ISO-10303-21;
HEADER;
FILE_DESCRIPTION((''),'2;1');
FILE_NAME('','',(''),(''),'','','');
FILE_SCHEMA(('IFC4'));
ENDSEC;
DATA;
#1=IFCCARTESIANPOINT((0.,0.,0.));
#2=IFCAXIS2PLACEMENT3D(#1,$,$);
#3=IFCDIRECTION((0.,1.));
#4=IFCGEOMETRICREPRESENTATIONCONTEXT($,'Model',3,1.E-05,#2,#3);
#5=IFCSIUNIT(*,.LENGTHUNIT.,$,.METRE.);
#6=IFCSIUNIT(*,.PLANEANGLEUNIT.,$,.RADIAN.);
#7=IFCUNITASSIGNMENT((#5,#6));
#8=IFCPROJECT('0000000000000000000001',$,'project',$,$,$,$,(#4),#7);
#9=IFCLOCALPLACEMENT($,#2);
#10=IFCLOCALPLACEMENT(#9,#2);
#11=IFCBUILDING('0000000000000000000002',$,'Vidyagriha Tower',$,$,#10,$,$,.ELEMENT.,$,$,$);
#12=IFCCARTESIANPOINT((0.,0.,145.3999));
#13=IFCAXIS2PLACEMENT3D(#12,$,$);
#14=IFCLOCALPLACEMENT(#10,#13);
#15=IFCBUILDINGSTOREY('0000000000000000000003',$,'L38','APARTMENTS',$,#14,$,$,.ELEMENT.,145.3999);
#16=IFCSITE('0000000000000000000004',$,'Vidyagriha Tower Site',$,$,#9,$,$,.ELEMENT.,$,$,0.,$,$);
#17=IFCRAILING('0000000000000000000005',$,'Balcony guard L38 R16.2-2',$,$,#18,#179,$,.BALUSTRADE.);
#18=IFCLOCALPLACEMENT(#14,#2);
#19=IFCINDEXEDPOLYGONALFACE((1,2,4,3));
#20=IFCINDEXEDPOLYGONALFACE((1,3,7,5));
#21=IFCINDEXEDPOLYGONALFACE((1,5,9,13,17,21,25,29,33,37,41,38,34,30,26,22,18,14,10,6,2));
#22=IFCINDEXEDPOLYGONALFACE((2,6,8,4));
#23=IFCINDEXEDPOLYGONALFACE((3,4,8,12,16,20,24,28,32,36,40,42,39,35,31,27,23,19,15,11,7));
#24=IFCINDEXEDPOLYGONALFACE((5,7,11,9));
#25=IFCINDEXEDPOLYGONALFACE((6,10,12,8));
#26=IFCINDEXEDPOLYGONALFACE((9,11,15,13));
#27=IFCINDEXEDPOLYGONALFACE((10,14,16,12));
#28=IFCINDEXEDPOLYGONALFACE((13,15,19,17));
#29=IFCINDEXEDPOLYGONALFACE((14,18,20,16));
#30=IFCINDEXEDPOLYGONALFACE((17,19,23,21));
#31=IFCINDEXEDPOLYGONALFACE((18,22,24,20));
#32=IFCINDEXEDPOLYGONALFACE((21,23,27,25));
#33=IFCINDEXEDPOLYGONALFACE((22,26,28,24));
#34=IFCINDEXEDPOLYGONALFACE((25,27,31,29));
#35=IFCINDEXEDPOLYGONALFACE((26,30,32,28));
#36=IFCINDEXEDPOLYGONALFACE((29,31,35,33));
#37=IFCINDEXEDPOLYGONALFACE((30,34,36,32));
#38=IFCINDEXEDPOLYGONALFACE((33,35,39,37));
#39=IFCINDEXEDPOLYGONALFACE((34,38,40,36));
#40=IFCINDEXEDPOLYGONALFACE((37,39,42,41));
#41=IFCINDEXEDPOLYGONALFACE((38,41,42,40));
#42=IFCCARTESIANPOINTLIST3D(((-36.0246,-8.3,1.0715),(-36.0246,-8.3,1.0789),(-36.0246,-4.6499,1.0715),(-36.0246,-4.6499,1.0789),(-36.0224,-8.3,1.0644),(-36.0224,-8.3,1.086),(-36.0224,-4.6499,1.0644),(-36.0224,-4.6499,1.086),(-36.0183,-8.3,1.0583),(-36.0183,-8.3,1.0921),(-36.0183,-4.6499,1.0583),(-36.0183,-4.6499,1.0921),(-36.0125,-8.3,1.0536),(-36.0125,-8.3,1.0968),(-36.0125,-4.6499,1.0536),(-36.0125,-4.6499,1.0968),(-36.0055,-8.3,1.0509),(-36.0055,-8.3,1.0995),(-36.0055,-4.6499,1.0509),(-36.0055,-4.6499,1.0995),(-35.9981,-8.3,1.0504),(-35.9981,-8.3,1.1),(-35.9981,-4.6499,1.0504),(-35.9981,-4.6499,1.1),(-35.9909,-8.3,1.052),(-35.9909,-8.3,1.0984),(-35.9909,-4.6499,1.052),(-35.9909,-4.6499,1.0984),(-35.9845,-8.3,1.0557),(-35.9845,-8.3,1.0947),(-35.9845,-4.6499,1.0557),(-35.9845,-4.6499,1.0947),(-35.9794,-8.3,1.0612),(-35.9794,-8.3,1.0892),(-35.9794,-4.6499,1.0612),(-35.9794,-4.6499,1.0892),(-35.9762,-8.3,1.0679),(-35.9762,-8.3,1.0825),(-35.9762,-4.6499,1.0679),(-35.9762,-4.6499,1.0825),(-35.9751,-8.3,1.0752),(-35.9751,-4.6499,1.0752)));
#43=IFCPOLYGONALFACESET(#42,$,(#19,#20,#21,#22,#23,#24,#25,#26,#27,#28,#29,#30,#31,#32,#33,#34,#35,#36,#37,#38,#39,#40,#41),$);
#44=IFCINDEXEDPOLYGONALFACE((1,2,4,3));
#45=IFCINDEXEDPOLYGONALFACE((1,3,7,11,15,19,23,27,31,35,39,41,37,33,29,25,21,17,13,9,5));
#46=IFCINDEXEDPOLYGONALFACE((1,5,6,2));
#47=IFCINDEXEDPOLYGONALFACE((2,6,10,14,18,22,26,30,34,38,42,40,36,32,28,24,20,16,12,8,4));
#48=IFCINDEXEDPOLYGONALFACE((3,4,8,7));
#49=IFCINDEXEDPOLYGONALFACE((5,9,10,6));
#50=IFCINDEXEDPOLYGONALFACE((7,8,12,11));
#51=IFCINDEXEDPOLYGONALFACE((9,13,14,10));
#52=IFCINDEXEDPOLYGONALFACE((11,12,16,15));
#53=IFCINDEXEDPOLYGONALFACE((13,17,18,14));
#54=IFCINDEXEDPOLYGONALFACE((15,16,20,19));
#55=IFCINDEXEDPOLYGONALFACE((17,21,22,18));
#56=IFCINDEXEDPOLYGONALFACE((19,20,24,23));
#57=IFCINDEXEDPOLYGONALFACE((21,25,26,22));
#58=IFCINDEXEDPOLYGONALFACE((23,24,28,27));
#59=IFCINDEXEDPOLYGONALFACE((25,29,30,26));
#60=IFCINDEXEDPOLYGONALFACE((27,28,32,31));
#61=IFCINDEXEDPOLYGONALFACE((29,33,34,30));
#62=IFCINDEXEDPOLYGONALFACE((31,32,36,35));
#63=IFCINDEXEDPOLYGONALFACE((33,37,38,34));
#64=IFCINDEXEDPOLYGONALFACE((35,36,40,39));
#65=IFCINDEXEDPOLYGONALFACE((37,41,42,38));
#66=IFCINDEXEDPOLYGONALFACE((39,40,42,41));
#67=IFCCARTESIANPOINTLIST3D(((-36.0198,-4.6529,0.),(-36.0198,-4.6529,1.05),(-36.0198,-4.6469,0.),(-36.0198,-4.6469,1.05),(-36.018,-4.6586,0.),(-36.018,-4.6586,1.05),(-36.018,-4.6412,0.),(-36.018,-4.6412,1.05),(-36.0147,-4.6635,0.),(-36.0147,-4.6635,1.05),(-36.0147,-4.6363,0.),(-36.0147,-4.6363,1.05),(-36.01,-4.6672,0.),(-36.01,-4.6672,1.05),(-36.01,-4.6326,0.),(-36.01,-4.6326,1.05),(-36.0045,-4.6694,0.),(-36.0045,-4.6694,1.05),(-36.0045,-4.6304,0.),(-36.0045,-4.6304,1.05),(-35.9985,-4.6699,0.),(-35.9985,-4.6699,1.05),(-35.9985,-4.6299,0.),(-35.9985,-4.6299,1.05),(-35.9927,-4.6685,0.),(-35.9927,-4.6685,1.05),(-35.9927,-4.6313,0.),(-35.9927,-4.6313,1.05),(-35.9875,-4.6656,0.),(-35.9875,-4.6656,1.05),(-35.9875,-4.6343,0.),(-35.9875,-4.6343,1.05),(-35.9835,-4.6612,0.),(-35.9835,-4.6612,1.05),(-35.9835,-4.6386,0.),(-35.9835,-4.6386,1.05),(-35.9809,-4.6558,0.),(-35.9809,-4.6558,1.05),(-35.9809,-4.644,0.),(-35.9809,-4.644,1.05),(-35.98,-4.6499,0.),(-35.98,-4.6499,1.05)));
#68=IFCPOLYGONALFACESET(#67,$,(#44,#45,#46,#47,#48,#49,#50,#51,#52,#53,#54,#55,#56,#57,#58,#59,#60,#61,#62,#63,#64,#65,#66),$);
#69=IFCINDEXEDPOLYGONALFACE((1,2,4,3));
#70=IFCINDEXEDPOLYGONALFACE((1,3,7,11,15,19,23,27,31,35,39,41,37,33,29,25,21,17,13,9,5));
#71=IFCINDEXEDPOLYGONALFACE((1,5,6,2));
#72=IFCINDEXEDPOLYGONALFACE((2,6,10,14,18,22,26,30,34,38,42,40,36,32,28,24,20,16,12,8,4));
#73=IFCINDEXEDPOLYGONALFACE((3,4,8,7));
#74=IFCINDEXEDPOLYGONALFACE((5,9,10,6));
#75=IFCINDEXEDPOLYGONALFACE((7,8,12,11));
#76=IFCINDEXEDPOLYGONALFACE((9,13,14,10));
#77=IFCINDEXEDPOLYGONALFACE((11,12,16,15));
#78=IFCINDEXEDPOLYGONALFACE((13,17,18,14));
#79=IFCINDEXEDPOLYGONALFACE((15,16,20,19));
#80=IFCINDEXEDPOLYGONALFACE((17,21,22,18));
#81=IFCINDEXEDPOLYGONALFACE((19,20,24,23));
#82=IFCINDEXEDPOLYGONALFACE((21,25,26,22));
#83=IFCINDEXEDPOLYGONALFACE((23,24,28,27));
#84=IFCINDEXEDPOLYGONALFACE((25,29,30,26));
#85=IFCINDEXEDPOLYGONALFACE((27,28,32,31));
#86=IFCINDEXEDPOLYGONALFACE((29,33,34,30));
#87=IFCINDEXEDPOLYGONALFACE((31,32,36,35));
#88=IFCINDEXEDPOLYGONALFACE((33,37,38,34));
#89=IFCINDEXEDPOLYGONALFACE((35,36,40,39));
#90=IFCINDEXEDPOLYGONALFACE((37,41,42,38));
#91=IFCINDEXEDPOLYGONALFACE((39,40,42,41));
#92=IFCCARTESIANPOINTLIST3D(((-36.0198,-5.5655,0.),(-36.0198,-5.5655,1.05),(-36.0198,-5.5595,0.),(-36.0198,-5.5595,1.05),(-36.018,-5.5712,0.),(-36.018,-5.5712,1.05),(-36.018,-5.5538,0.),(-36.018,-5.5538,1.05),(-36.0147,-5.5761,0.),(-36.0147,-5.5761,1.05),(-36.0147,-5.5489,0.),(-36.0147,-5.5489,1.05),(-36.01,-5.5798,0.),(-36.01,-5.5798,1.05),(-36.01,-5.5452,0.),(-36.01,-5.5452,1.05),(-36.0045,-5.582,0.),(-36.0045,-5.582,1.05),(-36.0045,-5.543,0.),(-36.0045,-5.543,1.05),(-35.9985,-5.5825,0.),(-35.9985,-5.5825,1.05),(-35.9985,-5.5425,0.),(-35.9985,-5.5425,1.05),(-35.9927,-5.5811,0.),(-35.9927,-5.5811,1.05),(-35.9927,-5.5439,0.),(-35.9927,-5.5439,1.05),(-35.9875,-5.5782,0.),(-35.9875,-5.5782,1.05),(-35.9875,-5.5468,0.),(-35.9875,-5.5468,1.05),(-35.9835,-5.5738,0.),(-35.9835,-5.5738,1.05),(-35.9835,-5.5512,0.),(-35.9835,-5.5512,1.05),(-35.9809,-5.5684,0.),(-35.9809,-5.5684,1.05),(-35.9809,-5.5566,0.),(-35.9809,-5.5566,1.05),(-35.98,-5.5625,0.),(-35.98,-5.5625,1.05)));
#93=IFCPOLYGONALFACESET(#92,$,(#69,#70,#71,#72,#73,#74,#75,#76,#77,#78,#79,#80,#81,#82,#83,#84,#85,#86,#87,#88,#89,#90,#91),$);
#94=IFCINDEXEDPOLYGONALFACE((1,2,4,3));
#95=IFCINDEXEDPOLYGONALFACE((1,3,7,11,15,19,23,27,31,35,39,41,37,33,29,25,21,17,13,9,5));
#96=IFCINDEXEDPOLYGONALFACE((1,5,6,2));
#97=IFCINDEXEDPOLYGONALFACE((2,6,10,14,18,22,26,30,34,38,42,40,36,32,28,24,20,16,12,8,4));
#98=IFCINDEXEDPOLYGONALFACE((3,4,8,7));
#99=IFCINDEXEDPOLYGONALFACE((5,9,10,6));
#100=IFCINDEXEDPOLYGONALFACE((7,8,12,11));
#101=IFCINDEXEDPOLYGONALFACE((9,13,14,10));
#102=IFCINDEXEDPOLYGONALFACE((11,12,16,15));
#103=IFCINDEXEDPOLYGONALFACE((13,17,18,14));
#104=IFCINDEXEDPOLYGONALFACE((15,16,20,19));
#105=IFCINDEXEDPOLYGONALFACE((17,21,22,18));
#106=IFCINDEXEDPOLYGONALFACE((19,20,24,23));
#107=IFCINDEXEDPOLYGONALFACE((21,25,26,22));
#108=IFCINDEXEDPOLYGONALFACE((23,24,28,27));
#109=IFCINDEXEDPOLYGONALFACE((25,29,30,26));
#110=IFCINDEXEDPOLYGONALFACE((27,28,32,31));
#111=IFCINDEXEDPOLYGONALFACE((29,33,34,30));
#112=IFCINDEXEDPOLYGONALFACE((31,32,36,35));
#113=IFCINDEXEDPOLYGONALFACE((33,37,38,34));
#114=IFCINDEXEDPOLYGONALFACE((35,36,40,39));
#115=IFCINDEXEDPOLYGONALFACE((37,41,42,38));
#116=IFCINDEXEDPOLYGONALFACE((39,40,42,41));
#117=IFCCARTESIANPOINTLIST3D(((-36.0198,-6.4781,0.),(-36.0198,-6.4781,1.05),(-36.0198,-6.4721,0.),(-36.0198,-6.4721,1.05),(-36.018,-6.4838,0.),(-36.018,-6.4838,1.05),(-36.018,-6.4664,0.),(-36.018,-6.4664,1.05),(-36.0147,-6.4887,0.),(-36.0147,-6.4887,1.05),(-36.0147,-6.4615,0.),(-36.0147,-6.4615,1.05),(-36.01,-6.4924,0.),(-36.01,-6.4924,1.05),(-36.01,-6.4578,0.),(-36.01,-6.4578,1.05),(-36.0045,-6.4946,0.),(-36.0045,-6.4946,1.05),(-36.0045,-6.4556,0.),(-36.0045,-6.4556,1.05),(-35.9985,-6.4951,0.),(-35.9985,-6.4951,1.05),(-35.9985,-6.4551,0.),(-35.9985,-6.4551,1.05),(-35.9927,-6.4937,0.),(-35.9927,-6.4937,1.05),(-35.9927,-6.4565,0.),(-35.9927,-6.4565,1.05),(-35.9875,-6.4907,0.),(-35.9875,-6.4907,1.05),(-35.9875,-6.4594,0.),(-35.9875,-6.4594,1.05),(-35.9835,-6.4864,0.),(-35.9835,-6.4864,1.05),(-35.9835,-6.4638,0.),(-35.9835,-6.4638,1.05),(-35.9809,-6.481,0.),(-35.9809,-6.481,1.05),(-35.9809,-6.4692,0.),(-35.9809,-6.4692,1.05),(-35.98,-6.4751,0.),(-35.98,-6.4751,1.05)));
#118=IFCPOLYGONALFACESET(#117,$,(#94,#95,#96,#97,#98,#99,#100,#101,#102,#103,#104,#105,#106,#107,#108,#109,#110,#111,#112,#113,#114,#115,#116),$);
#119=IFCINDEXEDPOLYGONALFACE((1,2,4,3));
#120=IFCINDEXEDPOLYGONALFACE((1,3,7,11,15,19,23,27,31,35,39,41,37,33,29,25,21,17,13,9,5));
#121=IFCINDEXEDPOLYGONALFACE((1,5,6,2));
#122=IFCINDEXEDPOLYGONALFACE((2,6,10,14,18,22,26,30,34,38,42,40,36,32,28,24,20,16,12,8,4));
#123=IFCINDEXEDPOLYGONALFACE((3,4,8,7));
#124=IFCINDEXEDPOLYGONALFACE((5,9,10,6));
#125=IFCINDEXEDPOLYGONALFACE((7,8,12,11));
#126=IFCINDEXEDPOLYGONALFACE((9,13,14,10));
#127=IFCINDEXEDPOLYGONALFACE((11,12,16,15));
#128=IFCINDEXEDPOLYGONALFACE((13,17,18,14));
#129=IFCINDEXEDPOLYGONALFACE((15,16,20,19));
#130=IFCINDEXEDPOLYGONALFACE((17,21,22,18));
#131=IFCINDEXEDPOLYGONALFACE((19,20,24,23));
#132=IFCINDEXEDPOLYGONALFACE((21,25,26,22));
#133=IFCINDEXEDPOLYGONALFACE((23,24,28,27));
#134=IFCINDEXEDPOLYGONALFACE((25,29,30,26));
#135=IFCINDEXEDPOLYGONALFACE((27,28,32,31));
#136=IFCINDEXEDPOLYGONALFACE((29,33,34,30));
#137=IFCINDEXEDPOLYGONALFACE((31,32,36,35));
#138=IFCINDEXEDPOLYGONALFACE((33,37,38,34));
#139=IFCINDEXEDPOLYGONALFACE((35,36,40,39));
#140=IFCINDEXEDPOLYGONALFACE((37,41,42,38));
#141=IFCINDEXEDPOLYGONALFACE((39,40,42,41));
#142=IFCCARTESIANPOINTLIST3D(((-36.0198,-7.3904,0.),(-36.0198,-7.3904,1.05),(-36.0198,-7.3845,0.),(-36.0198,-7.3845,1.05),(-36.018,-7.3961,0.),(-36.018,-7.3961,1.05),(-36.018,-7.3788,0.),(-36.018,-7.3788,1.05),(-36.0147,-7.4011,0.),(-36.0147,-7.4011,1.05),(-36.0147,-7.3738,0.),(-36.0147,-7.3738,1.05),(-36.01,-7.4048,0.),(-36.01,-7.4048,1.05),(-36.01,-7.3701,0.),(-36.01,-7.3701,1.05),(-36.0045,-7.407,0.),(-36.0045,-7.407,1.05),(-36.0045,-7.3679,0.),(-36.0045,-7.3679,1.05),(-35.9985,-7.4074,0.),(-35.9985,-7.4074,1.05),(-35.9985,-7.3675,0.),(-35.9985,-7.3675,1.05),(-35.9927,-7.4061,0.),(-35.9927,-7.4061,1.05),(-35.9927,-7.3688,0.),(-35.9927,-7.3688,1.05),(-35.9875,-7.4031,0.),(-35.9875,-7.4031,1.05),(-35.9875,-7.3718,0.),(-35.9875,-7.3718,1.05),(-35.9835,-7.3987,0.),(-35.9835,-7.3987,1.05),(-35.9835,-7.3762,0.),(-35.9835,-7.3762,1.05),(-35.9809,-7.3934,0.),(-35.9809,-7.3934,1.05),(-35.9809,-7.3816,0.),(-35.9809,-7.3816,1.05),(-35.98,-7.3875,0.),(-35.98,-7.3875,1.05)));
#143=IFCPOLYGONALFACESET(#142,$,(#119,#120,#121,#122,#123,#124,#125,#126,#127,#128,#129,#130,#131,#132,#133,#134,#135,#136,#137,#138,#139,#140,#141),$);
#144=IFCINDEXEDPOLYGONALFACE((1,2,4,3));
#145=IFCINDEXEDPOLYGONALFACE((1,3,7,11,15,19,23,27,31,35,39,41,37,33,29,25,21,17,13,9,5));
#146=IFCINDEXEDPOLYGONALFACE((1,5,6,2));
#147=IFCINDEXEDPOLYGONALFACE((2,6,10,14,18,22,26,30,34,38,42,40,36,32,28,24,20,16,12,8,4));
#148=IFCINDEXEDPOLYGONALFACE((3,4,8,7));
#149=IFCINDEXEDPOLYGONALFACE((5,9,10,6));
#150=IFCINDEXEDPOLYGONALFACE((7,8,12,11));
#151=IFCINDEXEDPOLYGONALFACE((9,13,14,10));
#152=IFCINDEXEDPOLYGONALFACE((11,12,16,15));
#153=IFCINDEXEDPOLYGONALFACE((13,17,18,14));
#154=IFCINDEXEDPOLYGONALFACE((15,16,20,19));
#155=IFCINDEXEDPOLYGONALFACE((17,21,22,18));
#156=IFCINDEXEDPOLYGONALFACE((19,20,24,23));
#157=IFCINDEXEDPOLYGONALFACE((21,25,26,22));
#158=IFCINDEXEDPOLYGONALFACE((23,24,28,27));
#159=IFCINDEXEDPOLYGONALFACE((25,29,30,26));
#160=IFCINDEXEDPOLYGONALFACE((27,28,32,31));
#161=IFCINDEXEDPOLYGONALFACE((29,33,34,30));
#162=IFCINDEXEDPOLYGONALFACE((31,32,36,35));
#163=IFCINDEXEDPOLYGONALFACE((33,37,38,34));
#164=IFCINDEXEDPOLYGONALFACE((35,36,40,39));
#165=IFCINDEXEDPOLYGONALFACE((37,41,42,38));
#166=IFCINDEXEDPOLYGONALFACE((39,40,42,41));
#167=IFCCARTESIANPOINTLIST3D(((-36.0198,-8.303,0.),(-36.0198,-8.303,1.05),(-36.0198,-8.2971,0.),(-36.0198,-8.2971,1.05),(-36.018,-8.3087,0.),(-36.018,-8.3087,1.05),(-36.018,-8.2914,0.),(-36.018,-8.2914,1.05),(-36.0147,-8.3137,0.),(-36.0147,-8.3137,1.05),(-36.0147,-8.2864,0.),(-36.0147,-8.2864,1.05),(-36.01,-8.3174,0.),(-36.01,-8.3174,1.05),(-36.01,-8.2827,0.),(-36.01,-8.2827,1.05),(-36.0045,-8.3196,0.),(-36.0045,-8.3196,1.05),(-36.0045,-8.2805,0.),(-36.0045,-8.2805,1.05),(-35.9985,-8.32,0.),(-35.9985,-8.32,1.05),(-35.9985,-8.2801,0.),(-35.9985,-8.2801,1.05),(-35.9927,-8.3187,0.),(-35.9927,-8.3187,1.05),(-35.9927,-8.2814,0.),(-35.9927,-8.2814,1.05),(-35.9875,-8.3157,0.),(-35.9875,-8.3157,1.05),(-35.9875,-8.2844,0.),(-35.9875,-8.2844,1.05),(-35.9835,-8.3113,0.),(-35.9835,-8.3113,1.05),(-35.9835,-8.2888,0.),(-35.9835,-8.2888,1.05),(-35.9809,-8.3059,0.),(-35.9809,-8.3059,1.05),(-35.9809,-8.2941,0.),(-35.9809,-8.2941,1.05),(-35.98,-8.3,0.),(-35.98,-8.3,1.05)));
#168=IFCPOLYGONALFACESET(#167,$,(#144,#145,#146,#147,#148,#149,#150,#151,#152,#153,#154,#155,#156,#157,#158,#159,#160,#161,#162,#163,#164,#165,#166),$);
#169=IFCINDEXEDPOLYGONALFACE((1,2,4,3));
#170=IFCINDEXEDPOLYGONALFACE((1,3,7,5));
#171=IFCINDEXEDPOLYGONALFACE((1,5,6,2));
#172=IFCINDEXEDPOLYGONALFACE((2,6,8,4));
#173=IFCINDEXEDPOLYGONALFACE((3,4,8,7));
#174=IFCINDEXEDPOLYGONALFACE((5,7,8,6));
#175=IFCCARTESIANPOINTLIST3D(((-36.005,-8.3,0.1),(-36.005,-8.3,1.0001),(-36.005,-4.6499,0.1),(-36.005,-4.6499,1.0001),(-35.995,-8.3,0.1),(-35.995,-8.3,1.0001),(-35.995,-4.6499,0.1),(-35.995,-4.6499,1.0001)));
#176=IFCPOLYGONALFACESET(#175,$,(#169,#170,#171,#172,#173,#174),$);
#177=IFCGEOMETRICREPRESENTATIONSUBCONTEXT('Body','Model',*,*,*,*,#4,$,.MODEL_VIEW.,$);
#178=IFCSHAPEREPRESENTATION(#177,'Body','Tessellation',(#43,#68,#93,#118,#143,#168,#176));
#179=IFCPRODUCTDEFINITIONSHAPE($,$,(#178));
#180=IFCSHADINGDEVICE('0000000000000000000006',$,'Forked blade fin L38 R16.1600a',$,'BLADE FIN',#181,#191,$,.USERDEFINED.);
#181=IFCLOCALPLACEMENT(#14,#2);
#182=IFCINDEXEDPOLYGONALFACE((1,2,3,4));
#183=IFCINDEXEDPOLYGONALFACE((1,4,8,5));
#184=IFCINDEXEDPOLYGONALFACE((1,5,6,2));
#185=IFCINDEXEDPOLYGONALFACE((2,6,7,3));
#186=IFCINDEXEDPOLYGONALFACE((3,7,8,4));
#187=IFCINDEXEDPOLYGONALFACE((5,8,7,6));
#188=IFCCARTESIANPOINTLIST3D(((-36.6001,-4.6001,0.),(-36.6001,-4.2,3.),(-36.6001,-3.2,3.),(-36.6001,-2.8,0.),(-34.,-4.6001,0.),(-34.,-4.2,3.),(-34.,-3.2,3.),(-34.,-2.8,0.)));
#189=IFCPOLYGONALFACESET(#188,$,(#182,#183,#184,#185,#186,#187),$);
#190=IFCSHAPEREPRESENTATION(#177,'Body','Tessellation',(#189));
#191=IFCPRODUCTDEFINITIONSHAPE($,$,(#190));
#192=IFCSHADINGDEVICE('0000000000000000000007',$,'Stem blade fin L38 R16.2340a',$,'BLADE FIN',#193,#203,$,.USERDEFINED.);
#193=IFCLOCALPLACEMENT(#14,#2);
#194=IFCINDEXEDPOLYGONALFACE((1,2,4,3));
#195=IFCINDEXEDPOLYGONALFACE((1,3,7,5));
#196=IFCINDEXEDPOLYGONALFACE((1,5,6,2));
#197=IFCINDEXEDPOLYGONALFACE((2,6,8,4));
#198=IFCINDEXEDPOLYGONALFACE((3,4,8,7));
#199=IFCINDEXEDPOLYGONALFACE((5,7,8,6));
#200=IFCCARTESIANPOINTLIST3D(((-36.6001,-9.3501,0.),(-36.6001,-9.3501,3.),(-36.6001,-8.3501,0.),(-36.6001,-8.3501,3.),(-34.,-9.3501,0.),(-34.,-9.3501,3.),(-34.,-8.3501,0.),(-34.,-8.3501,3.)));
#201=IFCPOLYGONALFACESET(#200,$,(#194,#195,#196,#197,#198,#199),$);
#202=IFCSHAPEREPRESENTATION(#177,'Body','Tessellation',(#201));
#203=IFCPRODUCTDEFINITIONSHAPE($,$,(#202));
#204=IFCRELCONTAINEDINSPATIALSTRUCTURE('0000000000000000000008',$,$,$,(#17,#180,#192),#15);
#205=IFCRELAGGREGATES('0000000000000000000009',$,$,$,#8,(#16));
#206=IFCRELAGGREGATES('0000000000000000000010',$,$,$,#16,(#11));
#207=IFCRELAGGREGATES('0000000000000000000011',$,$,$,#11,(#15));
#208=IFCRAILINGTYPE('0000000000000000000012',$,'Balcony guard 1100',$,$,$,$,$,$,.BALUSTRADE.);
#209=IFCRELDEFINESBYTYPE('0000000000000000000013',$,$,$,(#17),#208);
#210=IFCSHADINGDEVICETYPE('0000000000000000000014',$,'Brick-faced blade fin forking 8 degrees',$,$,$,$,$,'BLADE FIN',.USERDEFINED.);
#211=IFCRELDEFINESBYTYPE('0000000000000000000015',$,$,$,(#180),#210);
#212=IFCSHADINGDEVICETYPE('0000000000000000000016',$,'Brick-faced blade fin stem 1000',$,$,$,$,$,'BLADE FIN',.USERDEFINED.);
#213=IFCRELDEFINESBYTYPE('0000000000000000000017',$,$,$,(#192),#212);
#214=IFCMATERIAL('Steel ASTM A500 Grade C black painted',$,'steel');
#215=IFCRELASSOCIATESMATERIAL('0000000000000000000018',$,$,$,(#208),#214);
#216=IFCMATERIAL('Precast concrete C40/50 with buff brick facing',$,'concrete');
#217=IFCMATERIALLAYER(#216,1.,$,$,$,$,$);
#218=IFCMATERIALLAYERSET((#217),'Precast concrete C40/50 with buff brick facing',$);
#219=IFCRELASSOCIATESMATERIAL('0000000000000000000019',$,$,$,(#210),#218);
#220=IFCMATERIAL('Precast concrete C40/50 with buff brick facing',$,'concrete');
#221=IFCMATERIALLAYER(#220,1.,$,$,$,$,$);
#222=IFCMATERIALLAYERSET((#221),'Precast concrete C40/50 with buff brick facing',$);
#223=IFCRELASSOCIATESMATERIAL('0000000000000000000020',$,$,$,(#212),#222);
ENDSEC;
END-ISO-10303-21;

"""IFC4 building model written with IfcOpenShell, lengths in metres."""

from ifc_helpers import new_model, si_unit, direction, frame, origin, origin_2d, place, context, subcontext, project, spatial, polyline, rectangle, circle, outline, extrude, material, layer, layer_set, type_object, element, save


model = new_model("IFC4")

# Units and contexts
model_context = context("Model", 3, precision=1e-05, world=origin(), true_north=direction((0.0, 1.0)))
body_context = subcontext(model_context, "Body", "Model", "MODEL_VIEW")
ifc_project = project(units=[si_unit("LENGTHUNIT", "METRE"), si_unit("PLANEANGLEUNIT", "RADIAN")], contexts=[model_context])

# Site, building, storey
site_placement = place(None, origin())
site = spatial("IfcSite", under=ifc_project, at=site_placement, Name="Vidyagriha Tower Site", CompositionType="ELEMENT", RefElevation=0.0)
building_placement = place(site_placement, origin())
building = spatial("IfcBuilding", under=site, at=building_placement, Name="Vidyagriha Tower", CompositionType="ELEMENT")
storey_placement = place(building_placement, frame((0.0, 0.0, 145.3999)))
storey = spatial("IfcBuildingStorey", under=building, at=storey_placement, Name="L38", Description="APARTMENTS", CompositionType="ELEMENT", Elevation=145.3999)

# Railing
ifc_material_1 = material(Name="Steel ASTM A500 Grade C black painted", Category="steel")
railing_type_1 = type_object("IfcRailingType", Name="Balcony guard 1100", PredefinedType="BALUSTRADE", material=ifc_material_1)
railing_1_placement = place(storey_placement, frame((-36.0, -4.6499, 0.0)))
element("IfcRailing", 1, at=railing_1_placement, inside=storey, type_object=railing_type_1, Name="Balcony guard L38 R16.2-2", PredefinedType="BALUSTRADE", context=body_context, shape_type="SweptSolid", body=[
    extrude(circle(Radius=0.0249, at=origin_2d()), frame((0.0, 0.0, 1.0752), z_axis=(0.0, -1.0, 0.0), x_axis=(1.0, 0.0, 0.0)), (0.0, 0.0, 1.0), 3.6501),
    extrude(circle(Radius=0.02, at=origin_2d()), origin(), (0.0, 0.0, 1.0), 1.05),
    extrude(circle(Radius=0.02, at=origin_2d()), frame((0.0, -0.9126, 0.0)), (0.0, 0.0, 1.0), 1.05),
    extrude(circle(Radius=0.02, at=origin_2d()), frame((0.0, -1.8252, 0.0)), (0.0, 0.0, 1.0), 1.05),
    extrude(circle(Radius=0.02, at=origin_2d()), frame((0.0, -2.7375, 0.0)), (0.0, 0.0, 1.0), 1.05),
    extrude(circle(Radius=0.02, at=origin_2d()), frame((0.0, -3.6501, 0.0)), (0.0, 0.0, 1.0), 1.05),
    extrude(rectangle(XDim=0.01, YDim=0.9001, at=origin_2d()), frame((0.0, 0.0, 0.55), z_axis=(0.0, -1.0, 0.0), x_axis=(1.0, 0.0, 0.0)), (0.0, 0.0, 1.0), 3.6501),
])

# Shading devices
ifc_material_2 = material(Name="Precast concrete C40/50 with buff brick facing", Category="concrete")
ifc_layer_1 = layer(ifc_material_2, 1.0)
ifc_layer_set_1 = layer_set([ifc_layer_1], Name="Precast concrete C40/50 with buff brick facing")
shading_device_type_1 = type_object("IfcShadingDeviceType", Name="Brick-faced blade fin forking 8 degrees", ElementType="BLADE FIN", PredefinedType="USERDEFINED", material=ifc_layer_set_1)
shading_device_1_placement = place(storey_placement, frame((-35.3, -2.8, 0.0), z_axis=(0.0, 0.0, 1.0), x_axis=(0.0, -1.0, 0.0)))
element("IfcShadingDevice", 2, at=shading_device_1_placement, inside=storey, type_object=shading_device_type_1, Name="Forked blade fin L38 R16.1600a", ObjectType="BLADE FIN", PredefinedType="USERDEFINED", context=body_context, shape_type="SweptSolid", body=[
    extrude(outline(polyline([(0.0, 0.0), (1.8, 0.0), (1.3999, 3.0), (0.3999, 3.0), (0.0, 0.0)])), frame((0.0, 1.3, 0.0), z_axis=(0.0, -1.0, 0.0), x_axis=(1.0, 0.0, 0.0)), (0.0, 0.0, 1.0), 2.6001),
])
ifc_material_3 = material(Name="Precast concrete C40/50 with buff brick facing", Category="concrete")
ifc_layer_2 = layer(ifc_material_3, 1.0)
ifc_layer_set_2 = layer_set([ifc_layer_2], Name="Precast concrete C40/50 with buff brick facing")
shading_device_type_2 = type_object("IfcShadingDeviceType", Name="Brick-faced blade fin stem 1000", ElementType="BLADE FIN", PredefinedType="USERDEFINED", material=ifc_layer_set_2)
shading_device_2_placement = place(storey_placement, frame((-35.3, -8.3501, 0.0), z_axis=(0.0, 0.0, 1.0), x_axis=(0.0, -1.0, 0.0)))
element("IfcShadingDevice", 3, at=shading_device_2_placement, inside=storey, type_object=shading_device_type_2, Name="Stem blade fin L38 R16.2340a", ObjectType="BLADE FIN", PredefinedType="USERDEFINED", context=body_context, shape_type="SweptSolid", body=[
    extrude(outline(polyline([(0.0, 0.0), (1.0, 0.0), (1.0, 3.0), (0.0, 3.0), (0.0, 0.0)])), frame((0.0, 1.3, 0.0), z_axis=(0.0, -1.0, 0.0), x_axis=(1.0, 0.0, 0.0)), (0.0, 0.0, 1.0), 2.6001),
])

save(model, "model.ifc")
